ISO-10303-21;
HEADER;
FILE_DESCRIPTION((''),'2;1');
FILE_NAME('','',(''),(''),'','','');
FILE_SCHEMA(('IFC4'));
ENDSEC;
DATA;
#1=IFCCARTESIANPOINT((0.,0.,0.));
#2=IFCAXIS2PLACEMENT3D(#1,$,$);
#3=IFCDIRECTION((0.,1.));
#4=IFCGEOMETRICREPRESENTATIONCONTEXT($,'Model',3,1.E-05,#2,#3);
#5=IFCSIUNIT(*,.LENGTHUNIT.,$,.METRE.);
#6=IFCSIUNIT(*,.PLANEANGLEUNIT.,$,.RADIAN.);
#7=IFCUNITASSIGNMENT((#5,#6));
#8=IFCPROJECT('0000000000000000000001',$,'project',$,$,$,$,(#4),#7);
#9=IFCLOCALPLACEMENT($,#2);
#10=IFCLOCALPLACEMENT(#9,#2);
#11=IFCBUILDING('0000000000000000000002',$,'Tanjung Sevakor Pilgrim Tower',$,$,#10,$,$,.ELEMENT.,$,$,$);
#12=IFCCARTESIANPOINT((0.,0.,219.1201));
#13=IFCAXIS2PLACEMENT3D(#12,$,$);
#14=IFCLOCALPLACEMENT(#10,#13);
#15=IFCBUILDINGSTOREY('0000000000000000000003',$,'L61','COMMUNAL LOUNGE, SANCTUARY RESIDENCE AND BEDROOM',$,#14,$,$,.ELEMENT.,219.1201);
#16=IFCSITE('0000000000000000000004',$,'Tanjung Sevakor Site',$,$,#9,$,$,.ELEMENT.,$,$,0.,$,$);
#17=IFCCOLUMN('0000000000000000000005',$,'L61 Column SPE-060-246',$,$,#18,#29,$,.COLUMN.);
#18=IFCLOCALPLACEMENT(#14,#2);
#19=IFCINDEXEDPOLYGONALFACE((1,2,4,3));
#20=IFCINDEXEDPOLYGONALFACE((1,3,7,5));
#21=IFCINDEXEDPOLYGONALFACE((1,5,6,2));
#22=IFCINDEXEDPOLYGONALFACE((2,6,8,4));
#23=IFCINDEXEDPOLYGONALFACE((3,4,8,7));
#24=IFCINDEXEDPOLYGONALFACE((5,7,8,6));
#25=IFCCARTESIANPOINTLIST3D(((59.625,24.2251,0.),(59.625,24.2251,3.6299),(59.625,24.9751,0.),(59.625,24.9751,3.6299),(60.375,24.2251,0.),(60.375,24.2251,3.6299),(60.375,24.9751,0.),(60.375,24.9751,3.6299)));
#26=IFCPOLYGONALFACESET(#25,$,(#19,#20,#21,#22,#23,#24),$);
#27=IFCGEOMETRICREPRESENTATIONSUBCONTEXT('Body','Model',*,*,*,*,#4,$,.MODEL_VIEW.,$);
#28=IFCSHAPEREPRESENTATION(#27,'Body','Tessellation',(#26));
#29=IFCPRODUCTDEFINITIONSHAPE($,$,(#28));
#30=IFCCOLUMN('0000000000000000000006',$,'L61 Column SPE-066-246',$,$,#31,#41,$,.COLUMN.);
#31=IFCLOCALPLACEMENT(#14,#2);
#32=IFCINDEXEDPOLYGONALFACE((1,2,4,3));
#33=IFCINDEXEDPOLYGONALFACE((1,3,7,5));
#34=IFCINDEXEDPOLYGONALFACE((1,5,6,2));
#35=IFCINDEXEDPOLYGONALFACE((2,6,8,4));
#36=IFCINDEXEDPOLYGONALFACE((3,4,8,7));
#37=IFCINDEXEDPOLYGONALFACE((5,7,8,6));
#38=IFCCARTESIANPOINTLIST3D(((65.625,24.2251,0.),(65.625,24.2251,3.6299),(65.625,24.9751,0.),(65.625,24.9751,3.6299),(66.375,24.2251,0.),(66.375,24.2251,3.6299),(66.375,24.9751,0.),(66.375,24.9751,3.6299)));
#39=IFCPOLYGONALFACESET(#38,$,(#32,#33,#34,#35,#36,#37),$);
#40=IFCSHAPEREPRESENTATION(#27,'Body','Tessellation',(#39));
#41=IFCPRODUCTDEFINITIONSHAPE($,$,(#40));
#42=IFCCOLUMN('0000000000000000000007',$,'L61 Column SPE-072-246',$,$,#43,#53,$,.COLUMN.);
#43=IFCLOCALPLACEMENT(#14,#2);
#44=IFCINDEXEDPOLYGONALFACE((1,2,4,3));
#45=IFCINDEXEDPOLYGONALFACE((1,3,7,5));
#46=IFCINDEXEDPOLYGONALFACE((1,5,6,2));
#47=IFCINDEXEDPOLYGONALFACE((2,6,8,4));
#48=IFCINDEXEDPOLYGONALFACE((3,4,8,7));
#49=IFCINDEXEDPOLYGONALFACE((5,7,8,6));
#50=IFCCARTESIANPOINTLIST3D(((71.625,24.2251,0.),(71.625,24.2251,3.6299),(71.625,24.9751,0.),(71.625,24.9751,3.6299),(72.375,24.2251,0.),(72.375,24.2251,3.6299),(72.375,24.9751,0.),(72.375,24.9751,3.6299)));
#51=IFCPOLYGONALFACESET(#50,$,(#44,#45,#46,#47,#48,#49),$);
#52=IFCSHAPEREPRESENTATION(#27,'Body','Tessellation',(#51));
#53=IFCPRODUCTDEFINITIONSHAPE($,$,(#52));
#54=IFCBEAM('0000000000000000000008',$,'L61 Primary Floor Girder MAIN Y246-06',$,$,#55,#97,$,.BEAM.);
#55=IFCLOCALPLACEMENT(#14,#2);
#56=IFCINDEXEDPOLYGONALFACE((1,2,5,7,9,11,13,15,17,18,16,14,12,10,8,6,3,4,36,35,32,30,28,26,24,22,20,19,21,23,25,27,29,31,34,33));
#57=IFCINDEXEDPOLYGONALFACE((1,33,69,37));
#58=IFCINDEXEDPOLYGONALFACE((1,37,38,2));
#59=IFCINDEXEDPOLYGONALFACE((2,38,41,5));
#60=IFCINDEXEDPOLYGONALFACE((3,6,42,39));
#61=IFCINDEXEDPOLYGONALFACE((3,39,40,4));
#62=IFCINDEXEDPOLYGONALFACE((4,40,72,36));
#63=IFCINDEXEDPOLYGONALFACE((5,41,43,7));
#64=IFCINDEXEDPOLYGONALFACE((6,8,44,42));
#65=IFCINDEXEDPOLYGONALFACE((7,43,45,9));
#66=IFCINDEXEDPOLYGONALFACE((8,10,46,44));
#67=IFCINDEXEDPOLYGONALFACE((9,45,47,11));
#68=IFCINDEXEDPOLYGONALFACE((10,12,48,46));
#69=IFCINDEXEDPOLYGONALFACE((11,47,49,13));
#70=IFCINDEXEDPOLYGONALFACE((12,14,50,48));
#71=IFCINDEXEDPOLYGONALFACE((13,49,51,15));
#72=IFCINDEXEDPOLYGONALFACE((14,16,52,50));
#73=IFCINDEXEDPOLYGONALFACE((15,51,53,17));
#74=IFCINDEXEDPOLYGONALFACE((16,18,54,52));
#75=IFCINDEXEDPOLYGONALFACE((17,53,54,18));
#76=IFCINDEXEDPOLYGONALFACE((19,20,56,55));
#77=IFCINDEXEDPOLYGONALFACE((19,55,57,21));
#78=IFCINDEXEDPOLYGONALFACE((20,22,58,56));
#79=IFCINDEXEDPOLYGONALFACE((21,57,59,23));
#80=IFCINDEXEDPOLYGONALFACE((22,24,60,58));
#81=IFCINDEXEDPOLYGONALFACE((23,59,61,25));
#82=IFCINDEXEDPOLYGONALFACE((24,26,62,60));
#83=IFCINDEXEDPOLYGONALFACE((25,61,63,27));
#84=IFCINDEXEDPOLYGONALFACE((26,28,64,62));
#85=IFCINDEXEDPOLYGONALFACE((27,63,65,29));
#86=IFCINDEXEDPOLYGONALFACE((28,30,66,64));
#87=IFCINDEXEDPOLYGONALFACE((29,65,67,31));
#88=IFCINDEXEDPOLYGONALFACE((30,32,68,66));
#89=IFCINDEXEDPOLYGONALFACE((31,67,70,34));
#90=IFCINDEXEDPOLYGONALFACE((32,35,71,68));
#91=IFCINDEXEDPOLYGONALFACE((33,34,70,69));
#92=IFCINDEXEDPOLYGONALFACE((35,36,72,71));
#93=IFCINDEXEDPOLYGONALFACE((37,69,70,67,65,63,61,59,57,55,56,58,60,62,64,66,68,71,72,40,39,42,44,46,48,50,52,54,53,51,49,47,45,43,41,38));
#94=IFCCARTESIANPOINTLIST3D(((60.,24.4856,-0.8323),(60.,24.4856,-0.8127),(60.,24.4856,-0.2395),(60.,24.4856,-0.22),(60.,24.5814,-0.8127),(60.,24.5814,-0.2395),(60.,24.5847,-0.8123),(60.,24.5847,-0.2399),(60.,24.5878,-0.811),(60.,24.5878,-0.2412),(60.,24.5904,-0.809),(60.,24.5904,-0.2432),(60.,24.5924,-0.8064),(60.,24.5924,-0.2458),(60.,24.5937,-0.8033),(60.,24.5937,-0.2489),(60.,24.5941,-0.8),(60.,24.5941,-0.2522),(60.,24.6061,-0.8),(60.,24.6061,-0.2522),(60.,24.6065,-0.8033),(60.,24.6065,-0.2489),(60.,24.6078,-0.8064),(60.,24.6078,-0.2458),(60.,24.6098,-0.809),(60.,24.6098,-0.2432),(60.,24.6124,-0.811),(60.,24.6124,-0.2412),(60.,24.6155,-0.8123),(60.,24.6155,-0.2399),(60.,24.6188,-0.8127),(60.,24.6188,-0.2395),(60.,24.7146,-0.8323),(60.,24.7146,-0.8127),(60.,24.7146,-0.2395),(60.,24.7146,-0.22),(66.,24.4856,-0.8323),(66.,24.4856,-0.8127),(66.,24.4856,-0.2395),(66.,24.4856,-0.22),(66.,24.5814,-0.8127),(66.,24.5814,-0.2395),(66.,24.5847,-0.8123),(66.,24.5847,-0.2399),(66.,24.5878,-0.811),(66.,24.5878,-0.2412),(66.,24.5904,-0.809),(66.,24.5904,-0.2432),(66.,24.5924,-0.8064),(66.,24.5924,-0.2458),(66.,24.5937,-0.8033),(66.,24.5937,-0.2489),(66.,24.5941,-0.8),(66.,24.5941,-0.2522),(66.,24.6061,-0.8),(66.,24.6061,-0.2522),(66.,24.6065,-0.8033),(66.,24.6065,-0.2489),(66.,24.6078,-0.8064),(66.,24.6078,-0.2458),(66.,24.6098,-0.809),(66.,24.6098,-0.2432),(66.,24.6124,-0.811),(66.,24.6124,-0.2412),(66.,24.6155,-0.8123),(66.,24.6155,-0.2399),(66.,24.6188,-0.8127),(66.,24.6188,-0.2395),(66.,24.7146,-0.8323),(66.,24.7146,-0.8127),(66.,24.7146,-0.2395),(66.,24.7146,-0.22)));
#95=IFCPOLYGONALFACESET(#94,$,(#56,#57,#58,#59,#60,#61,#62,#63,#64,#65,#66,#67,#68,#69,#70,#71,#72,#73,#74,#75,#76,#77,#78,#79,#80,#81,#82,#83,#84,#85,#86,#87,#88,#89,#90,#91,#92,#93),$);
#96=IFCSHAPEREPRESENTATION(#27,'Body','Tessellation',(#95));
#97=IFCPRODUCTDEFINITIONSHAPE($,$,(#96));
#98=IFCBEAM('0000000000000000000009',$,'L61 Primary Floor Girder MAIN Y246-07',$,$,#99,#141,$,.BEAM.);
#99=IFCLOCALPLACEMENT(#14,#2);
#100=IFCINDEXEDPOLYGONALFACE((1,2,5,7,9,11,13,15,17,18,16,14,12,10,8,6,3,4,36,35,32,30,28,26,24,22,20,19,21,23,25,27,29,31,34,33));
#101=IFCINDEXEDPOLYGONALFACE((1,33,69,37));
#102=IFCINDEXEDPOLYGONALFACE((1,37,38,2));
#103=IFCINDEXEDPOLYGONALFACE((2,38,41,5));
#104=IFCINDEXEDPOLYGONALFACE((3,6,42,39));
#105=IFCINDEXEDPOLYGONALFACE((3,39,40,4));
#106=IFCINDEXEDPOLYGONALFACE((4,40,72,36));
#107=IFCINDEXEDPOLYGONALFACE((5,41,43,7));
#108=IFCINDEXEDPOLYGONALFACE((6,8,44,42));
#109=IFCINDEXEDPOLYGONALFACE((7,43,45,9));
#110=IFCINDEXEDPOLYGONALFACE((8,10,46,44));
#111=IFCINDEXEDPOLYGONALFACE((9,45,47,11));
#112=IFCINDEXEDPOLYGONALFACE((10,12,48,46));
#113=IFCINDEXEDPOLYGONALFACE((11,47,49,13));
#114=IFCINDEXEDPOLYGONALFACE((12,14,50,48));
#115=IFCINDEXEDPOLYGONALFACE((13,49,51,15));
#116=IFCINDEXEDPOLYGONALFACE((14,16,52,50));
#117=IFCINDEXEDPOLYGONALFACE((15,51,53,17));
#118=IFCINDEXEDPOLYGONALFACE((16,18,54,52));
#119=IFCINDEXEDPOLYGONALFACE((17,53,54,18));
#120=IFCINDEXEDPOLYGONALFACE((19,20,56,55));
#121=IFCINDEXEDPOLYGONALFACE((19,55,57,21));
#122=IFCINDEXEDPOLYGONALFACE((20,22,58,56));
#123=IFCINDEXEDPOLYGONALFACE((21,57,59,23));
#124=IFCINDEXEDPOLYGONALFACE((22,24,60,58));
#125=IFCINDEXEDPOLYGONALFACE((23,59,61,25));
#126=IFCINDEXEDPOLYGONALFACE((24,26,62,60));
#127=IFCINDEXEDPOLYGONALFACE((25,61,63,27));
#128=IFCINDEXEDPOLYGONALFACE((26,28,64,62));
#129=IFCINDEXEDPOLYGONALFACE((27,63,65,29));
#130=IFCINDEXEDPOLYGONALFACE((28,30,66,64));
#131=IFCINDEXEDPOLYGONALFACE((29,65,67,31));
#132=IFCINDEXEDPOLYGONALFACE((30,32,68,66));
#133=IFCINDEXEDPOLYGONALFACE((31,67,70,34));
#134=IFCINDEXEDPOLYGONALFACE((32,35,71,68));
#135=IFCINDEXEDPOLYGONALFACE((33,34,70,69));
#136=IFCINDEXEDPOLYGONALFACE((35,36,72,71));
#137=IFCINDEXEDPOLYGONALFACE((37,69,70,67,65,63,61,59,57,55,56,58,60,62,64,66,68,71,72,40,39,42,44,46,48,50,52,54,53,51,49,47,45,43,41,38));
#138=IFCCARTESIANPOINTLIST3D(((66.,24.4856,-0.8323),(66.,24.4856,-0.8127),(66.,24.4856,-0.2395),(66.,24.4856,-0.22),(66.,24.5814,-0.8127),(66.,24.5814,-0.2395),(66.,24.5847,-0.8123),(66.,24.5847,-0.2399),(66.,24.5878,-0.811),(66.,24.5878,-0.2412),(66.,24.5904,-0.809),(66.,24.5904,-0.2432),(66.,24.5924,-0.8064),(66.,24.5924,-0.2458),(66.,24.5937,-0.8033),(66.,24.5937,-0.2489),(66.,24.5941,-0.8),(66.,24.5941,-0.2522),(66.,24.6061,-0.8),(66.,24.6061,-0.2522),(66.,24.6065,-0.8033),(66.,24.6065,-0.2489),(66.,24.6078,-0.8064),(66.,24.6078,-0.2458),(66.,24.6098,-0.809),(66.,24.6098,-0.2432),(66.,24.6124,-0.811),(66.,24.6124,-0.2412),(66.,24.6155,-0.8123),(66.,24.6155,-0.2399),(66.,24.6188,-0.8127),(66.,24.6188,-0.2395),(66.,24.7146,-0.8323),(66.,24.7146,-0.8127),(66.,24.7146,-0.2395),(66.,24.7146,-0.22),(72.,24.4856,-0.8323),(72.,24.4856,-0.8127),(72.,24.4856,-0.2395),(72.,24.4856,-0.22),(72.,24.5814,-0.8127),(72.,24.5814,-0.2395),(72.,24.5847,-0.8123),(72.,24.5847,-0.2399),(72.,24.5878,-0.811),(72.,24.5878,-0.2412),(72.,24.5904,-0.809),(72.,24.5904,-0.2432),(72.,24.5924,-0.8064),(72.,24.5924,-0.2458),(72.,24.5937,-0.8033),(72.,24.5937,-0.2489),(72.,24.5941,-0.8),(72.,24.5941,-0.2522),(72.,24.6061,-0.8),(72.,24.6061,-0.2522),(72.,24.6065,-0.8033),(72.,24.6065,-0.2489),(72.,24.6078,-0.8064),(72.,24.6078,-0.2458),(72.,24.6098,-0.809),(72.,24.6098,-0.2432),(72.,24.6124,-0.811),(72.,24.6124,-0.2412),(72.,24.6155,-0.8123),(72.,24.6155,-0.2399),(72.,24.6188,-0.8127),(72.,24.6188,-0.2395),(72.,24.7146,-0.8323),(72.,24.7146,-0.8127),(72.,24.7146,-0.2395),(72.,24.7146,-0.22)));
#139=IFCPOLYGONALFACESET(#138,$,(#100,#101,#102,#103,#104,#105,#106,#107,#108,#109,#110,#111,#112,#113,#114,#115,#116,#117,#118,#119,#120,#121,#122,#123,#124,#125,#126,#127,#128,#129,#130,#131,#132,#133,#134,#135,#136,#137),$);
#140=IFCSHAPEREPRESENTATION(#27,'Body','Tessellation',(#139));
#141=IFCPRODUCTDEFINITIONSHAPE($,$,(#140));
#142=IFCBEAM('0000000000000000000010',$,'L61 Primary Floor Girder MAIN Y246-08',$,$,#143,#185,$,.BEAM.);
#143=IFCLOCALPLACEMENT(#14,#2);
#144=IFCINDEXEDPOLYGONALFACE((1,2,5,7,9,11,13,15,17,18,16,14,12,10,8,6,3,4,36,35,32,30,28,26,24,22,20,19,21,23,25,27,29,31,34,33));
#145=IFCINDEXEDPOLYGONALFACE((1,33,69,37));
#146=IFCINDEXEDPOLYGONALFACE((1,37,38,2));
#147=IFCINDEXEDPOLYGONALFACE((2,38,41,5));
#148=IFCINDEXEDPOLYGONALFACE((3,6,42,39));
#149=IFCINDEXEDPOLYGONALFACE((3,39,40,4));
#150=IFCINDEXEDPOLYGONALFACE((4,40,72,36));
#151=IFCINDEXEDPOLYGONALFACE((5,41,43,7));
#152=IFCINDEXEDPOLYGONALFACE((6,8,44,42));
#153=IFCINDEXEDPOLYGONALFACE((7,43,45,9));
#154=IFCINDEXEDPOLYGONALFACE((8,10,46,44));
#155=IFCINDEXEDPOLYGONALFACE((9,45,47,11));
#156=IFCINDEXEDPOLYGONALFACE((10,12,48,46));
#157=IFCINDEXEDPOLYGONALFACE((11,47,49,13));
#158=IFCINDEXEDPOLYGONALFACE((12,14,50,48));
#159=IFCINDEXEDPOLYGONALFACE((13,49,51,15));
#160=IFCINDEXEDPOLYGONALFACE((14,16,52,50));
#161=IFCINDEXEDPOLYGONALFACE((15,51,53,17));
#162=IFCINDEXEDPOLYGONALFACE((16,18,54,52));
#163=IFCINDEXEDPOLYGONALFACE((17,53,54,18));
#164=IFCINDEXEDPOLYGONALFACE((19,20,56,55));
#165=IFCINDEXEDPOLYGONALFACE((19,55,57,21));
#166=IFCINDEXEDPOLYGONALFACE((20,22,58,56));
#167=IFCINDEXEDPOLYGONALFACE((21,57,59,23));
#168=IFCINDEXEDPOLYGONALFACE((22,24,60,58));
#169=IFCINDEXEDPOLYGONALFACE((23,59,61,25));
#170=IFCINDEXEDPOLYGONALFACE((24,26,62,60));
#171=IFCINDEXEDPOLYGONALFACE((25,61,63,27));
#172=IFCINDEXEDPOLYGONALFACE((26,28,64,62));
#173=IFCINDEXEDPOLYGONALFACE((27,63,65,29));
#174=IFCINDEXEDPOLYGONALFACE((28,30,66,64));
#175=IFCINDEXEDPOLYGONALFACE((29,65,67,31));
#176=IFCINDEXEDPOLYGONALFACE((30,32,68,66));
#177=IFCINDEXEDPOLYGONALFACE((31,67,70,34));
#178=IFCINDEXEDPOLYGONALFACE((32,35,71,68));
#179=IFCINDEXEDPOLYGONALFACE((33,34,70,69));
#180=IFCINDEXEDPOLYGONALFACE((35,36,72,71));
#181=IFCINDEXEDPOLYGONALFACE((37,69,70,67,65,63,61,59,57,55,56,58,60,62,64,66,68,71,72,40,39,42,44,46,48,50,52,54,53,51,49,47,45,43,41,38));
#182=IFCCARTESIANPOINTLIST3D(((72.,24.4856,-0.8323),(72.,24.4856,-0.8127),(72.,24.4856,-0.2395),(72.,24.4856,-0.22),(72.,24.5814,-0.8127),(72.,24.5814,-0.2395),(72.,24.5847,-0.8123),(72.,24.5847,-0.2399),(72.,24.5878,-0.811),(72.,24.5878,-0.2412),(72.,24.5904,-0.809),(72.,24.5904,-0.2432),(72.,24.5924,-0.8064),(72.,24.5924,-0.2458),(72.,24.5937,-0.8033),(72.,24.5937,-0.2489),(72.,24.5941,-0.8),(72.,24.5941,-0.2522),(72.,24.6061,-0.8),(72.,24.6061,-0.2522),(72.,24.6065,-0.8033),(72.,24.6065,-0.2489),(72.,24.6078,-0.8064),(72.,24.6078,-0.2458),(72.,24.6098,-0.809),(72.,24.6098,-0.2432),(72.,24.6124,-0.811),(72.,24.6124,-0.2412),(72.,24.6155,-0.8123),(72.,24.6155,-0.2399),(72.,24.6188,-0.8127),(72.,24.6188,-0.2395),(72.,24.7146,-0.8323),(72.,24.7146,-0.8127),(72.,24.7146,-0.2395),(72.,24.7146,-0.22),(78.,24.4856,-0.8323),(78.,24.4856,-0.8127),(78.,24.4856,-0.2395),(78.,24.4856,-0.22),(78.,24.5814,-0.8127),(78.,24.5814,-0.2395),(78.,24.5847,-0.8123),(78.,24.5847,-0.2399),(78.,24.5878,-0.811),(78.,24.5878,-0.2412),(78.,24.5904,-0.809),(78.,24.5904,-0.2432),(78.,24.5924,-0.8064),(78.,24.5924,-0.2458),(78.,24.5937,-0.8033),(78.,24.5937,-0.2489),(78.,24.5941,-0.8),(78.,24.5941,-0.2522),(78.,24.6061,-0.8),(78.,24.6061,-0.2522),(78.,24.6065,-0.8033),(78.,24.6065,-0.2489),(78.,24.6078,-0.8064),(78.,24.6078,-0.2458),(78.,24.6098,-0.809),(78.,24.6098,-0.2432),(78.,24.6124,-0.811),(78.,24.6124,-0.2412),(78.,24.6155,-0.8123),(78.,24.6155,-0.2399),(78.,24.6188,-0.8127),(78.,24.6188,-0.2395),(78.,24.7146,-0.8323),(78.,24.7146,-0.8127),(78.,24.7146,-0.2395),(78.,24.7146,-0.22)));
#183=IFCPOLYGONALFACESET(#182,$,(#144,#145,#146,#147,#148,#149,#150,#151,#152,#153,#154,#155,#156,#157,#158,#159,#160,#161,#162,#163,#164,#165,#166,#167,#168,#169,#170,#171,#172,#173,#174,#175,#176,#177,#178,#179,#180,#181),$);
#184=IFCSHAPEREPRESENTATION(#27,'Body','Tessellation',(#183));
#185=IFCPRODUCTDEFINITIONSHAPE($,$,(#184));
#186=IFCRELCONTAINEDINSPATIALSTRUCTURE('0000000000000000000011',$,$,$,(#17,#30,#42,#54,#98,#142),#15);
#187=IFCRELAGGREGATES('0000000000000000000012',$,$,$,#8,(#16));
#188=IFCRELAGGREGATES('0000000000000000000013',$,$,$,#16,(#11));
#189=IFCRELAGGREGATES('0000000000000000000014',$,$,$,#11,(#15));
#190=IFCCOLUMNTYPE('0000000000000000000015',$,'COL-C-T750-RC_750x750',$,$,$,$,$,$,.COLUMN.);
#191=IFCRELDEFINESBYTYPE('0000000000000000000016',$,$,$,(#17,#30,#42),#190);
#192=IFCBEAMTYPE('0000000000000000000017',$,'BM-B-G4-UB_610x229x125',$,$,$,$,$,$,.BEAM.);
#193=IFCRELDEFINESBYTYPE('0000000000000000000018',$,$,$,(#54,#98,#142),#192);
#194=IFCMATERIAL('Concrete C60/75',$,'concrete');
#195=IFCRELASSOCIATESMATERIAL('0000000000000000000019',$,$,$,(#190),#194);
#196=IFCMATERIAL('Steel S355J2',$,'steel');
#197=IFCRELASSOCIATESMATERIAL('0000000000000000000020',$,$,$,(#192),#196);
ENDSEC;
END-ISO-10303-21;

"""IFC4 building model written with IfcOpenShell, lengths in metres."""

from ifc_helpers import new_model, si_unit, direction, frame, origin, origin_2d, place, context, subcontext, project, spatial, rectangle, i_section, extrude, material, material_profile, profile_set, type_object, element, save


model = new_model("IFC4")

# Units and contexts
model_context = context("Model", 3, precision=1e-05, world=origin(), true_north=direction((0.0, 1.0)))
body_context = subcontext(model_context, "Body", "Model", "MODEL_VIEW")
ifc_project = project(units=[si_unit("LENGTHUNIT", "METRE"), si_unit("PLANEANGLEUNIT", "RADIAN")], contexts=[model_context])

# Site, building, storey
site_placement = place(None, origin())
site = spatial("IfcSite", under=ifc_project, at=site_placement, Name="Tanjung Sevakor Site", CompositionType="ELEMENT", RefElevation=0.0)
building_placement = place(site_placement, origin())
building = spatial("IfcBuilding", under=site, at=building_placement, Name="Tanjung Sevakor Pilgrim Tower", CompositionType="ELEMENT")
storey_placement = place(building_placement, frame((0.0, 0.0, 219.1201)))
storey = spatial("IfcBuildingStorey", under=building, at=storey_placement, Name="L61", Description="COMMUNAL LOUNGE, SANCTUARY RESIDENCE AND BEDROOM", CompositionType="ELEMENT", Elevation=219.1201)

# Columns
ifc_material_1 = material(Name="Concrete C60/75", Category="concrete")
ifc_material_profile_1 = material_profile(ifc_material_1, rectangle(XDim=0.75, YDim=0.75, at=origin_2d()))
ifc_profile_set_1 = profile_set([ifc_material_profile_1], Name="Concrete C60/75")
column_type = type_object("IfcColumnType", Name="COL-C-T750-RC_750x750", PredefinedType="COLUMN", material=ifc_profile_set_1)
for number, where, z_axis, x_axis, name in (
    (1, (60.0, 24.6001, 0.0), (0.0, 0.0, 1.0), (1.0, 0.0, 0.0), "L61 Column SPE-060-246"),
    (2, (66.0, 24.6001, 0.0), (0.0, 0.0, 1.0), (1.0, 0.0, 0.0), "L61 Column SPE-066-246"),
    (3, (72.0, 24.6001, 0.0), (0.0, 0.0, 1.0), (1.0, 0.0, 0.0), "L61 Column SPE-072-246"),
):
    element("IfcColumn", number, at=place(storey_placement, frame(where, z_axis=z_axis, x_axis=x_axis)), inside=storey, type_object=column_type, Name=name, PredefinedType="COLUMN", context=body_context, shape_type="SweptSolid", body=[
        extrude(rectangle(XDim=0.75, YDim=0.75, at=origin_2d()), origin(), (0.0, 0.0, 1.0), 3.6299),
    ])

# Beams
ifc_material_2 = material(Name="Steel S355J2", Category="steel")
ifc_material_profile_2 = material_profile(ifc_material_2, i_section(OverallWidth=0.229, OverallDepth=0.6123, WebThickness=0.012, FlangeThickness=0.0195, FilletRadius=0.0127, at=origin_2d()))
ifc_profile_set_2 = profile_set([ifc_material_profile_2], Name="Steel S355J2")
beam_type_1 = type_object("IfcBeamType", Name="BM-B-G4-UB_610x229x125", PredefinedType="BEAM", material=ifc_profile_set_2)
for number, where, z_axis, x_axis, name in (
    (4, (60.0, 24.6001, -0.5261), (1.0, 0.0, 0.0), (0.0, 1.0, 0.0), "L61 Primary Floor Girder MAIN Y246-06"),
    (5, (66.0, 24.6001, -0.5261), (1.0, 0.0, 0.0), (0.0, 1.0, 0.0), "L61 Primary Floor Girder MAIN Y246-07"),
    (6, (72.0, 24.6001, -0.5261), (1.0, 0.0, 0.0), (0.0, 1.0, 0.0), "L61 Primary Floor Girder MAIN Y246-08"),
):
    element("IfcBeam", number, at=place(storey_placement, frame(where, z_axis=z_axis, x_axis=x_axis)), inside=storey, type_object=beam_type_1, Name=name, PredefinedType="BEAM", context=body_context, shape_type="SweptSolid", body=[
        extrude(i_section(OverallWidth=0.229, OverallDepth=0.6123, WebThickness=0.012, FlangeThickness=0.0195, FilletRadius=0.0127, at=origin_2d()), origin(), (0.0, 0.0, 1.0), 6.0),
    ])

save(model, "model.ifc")
